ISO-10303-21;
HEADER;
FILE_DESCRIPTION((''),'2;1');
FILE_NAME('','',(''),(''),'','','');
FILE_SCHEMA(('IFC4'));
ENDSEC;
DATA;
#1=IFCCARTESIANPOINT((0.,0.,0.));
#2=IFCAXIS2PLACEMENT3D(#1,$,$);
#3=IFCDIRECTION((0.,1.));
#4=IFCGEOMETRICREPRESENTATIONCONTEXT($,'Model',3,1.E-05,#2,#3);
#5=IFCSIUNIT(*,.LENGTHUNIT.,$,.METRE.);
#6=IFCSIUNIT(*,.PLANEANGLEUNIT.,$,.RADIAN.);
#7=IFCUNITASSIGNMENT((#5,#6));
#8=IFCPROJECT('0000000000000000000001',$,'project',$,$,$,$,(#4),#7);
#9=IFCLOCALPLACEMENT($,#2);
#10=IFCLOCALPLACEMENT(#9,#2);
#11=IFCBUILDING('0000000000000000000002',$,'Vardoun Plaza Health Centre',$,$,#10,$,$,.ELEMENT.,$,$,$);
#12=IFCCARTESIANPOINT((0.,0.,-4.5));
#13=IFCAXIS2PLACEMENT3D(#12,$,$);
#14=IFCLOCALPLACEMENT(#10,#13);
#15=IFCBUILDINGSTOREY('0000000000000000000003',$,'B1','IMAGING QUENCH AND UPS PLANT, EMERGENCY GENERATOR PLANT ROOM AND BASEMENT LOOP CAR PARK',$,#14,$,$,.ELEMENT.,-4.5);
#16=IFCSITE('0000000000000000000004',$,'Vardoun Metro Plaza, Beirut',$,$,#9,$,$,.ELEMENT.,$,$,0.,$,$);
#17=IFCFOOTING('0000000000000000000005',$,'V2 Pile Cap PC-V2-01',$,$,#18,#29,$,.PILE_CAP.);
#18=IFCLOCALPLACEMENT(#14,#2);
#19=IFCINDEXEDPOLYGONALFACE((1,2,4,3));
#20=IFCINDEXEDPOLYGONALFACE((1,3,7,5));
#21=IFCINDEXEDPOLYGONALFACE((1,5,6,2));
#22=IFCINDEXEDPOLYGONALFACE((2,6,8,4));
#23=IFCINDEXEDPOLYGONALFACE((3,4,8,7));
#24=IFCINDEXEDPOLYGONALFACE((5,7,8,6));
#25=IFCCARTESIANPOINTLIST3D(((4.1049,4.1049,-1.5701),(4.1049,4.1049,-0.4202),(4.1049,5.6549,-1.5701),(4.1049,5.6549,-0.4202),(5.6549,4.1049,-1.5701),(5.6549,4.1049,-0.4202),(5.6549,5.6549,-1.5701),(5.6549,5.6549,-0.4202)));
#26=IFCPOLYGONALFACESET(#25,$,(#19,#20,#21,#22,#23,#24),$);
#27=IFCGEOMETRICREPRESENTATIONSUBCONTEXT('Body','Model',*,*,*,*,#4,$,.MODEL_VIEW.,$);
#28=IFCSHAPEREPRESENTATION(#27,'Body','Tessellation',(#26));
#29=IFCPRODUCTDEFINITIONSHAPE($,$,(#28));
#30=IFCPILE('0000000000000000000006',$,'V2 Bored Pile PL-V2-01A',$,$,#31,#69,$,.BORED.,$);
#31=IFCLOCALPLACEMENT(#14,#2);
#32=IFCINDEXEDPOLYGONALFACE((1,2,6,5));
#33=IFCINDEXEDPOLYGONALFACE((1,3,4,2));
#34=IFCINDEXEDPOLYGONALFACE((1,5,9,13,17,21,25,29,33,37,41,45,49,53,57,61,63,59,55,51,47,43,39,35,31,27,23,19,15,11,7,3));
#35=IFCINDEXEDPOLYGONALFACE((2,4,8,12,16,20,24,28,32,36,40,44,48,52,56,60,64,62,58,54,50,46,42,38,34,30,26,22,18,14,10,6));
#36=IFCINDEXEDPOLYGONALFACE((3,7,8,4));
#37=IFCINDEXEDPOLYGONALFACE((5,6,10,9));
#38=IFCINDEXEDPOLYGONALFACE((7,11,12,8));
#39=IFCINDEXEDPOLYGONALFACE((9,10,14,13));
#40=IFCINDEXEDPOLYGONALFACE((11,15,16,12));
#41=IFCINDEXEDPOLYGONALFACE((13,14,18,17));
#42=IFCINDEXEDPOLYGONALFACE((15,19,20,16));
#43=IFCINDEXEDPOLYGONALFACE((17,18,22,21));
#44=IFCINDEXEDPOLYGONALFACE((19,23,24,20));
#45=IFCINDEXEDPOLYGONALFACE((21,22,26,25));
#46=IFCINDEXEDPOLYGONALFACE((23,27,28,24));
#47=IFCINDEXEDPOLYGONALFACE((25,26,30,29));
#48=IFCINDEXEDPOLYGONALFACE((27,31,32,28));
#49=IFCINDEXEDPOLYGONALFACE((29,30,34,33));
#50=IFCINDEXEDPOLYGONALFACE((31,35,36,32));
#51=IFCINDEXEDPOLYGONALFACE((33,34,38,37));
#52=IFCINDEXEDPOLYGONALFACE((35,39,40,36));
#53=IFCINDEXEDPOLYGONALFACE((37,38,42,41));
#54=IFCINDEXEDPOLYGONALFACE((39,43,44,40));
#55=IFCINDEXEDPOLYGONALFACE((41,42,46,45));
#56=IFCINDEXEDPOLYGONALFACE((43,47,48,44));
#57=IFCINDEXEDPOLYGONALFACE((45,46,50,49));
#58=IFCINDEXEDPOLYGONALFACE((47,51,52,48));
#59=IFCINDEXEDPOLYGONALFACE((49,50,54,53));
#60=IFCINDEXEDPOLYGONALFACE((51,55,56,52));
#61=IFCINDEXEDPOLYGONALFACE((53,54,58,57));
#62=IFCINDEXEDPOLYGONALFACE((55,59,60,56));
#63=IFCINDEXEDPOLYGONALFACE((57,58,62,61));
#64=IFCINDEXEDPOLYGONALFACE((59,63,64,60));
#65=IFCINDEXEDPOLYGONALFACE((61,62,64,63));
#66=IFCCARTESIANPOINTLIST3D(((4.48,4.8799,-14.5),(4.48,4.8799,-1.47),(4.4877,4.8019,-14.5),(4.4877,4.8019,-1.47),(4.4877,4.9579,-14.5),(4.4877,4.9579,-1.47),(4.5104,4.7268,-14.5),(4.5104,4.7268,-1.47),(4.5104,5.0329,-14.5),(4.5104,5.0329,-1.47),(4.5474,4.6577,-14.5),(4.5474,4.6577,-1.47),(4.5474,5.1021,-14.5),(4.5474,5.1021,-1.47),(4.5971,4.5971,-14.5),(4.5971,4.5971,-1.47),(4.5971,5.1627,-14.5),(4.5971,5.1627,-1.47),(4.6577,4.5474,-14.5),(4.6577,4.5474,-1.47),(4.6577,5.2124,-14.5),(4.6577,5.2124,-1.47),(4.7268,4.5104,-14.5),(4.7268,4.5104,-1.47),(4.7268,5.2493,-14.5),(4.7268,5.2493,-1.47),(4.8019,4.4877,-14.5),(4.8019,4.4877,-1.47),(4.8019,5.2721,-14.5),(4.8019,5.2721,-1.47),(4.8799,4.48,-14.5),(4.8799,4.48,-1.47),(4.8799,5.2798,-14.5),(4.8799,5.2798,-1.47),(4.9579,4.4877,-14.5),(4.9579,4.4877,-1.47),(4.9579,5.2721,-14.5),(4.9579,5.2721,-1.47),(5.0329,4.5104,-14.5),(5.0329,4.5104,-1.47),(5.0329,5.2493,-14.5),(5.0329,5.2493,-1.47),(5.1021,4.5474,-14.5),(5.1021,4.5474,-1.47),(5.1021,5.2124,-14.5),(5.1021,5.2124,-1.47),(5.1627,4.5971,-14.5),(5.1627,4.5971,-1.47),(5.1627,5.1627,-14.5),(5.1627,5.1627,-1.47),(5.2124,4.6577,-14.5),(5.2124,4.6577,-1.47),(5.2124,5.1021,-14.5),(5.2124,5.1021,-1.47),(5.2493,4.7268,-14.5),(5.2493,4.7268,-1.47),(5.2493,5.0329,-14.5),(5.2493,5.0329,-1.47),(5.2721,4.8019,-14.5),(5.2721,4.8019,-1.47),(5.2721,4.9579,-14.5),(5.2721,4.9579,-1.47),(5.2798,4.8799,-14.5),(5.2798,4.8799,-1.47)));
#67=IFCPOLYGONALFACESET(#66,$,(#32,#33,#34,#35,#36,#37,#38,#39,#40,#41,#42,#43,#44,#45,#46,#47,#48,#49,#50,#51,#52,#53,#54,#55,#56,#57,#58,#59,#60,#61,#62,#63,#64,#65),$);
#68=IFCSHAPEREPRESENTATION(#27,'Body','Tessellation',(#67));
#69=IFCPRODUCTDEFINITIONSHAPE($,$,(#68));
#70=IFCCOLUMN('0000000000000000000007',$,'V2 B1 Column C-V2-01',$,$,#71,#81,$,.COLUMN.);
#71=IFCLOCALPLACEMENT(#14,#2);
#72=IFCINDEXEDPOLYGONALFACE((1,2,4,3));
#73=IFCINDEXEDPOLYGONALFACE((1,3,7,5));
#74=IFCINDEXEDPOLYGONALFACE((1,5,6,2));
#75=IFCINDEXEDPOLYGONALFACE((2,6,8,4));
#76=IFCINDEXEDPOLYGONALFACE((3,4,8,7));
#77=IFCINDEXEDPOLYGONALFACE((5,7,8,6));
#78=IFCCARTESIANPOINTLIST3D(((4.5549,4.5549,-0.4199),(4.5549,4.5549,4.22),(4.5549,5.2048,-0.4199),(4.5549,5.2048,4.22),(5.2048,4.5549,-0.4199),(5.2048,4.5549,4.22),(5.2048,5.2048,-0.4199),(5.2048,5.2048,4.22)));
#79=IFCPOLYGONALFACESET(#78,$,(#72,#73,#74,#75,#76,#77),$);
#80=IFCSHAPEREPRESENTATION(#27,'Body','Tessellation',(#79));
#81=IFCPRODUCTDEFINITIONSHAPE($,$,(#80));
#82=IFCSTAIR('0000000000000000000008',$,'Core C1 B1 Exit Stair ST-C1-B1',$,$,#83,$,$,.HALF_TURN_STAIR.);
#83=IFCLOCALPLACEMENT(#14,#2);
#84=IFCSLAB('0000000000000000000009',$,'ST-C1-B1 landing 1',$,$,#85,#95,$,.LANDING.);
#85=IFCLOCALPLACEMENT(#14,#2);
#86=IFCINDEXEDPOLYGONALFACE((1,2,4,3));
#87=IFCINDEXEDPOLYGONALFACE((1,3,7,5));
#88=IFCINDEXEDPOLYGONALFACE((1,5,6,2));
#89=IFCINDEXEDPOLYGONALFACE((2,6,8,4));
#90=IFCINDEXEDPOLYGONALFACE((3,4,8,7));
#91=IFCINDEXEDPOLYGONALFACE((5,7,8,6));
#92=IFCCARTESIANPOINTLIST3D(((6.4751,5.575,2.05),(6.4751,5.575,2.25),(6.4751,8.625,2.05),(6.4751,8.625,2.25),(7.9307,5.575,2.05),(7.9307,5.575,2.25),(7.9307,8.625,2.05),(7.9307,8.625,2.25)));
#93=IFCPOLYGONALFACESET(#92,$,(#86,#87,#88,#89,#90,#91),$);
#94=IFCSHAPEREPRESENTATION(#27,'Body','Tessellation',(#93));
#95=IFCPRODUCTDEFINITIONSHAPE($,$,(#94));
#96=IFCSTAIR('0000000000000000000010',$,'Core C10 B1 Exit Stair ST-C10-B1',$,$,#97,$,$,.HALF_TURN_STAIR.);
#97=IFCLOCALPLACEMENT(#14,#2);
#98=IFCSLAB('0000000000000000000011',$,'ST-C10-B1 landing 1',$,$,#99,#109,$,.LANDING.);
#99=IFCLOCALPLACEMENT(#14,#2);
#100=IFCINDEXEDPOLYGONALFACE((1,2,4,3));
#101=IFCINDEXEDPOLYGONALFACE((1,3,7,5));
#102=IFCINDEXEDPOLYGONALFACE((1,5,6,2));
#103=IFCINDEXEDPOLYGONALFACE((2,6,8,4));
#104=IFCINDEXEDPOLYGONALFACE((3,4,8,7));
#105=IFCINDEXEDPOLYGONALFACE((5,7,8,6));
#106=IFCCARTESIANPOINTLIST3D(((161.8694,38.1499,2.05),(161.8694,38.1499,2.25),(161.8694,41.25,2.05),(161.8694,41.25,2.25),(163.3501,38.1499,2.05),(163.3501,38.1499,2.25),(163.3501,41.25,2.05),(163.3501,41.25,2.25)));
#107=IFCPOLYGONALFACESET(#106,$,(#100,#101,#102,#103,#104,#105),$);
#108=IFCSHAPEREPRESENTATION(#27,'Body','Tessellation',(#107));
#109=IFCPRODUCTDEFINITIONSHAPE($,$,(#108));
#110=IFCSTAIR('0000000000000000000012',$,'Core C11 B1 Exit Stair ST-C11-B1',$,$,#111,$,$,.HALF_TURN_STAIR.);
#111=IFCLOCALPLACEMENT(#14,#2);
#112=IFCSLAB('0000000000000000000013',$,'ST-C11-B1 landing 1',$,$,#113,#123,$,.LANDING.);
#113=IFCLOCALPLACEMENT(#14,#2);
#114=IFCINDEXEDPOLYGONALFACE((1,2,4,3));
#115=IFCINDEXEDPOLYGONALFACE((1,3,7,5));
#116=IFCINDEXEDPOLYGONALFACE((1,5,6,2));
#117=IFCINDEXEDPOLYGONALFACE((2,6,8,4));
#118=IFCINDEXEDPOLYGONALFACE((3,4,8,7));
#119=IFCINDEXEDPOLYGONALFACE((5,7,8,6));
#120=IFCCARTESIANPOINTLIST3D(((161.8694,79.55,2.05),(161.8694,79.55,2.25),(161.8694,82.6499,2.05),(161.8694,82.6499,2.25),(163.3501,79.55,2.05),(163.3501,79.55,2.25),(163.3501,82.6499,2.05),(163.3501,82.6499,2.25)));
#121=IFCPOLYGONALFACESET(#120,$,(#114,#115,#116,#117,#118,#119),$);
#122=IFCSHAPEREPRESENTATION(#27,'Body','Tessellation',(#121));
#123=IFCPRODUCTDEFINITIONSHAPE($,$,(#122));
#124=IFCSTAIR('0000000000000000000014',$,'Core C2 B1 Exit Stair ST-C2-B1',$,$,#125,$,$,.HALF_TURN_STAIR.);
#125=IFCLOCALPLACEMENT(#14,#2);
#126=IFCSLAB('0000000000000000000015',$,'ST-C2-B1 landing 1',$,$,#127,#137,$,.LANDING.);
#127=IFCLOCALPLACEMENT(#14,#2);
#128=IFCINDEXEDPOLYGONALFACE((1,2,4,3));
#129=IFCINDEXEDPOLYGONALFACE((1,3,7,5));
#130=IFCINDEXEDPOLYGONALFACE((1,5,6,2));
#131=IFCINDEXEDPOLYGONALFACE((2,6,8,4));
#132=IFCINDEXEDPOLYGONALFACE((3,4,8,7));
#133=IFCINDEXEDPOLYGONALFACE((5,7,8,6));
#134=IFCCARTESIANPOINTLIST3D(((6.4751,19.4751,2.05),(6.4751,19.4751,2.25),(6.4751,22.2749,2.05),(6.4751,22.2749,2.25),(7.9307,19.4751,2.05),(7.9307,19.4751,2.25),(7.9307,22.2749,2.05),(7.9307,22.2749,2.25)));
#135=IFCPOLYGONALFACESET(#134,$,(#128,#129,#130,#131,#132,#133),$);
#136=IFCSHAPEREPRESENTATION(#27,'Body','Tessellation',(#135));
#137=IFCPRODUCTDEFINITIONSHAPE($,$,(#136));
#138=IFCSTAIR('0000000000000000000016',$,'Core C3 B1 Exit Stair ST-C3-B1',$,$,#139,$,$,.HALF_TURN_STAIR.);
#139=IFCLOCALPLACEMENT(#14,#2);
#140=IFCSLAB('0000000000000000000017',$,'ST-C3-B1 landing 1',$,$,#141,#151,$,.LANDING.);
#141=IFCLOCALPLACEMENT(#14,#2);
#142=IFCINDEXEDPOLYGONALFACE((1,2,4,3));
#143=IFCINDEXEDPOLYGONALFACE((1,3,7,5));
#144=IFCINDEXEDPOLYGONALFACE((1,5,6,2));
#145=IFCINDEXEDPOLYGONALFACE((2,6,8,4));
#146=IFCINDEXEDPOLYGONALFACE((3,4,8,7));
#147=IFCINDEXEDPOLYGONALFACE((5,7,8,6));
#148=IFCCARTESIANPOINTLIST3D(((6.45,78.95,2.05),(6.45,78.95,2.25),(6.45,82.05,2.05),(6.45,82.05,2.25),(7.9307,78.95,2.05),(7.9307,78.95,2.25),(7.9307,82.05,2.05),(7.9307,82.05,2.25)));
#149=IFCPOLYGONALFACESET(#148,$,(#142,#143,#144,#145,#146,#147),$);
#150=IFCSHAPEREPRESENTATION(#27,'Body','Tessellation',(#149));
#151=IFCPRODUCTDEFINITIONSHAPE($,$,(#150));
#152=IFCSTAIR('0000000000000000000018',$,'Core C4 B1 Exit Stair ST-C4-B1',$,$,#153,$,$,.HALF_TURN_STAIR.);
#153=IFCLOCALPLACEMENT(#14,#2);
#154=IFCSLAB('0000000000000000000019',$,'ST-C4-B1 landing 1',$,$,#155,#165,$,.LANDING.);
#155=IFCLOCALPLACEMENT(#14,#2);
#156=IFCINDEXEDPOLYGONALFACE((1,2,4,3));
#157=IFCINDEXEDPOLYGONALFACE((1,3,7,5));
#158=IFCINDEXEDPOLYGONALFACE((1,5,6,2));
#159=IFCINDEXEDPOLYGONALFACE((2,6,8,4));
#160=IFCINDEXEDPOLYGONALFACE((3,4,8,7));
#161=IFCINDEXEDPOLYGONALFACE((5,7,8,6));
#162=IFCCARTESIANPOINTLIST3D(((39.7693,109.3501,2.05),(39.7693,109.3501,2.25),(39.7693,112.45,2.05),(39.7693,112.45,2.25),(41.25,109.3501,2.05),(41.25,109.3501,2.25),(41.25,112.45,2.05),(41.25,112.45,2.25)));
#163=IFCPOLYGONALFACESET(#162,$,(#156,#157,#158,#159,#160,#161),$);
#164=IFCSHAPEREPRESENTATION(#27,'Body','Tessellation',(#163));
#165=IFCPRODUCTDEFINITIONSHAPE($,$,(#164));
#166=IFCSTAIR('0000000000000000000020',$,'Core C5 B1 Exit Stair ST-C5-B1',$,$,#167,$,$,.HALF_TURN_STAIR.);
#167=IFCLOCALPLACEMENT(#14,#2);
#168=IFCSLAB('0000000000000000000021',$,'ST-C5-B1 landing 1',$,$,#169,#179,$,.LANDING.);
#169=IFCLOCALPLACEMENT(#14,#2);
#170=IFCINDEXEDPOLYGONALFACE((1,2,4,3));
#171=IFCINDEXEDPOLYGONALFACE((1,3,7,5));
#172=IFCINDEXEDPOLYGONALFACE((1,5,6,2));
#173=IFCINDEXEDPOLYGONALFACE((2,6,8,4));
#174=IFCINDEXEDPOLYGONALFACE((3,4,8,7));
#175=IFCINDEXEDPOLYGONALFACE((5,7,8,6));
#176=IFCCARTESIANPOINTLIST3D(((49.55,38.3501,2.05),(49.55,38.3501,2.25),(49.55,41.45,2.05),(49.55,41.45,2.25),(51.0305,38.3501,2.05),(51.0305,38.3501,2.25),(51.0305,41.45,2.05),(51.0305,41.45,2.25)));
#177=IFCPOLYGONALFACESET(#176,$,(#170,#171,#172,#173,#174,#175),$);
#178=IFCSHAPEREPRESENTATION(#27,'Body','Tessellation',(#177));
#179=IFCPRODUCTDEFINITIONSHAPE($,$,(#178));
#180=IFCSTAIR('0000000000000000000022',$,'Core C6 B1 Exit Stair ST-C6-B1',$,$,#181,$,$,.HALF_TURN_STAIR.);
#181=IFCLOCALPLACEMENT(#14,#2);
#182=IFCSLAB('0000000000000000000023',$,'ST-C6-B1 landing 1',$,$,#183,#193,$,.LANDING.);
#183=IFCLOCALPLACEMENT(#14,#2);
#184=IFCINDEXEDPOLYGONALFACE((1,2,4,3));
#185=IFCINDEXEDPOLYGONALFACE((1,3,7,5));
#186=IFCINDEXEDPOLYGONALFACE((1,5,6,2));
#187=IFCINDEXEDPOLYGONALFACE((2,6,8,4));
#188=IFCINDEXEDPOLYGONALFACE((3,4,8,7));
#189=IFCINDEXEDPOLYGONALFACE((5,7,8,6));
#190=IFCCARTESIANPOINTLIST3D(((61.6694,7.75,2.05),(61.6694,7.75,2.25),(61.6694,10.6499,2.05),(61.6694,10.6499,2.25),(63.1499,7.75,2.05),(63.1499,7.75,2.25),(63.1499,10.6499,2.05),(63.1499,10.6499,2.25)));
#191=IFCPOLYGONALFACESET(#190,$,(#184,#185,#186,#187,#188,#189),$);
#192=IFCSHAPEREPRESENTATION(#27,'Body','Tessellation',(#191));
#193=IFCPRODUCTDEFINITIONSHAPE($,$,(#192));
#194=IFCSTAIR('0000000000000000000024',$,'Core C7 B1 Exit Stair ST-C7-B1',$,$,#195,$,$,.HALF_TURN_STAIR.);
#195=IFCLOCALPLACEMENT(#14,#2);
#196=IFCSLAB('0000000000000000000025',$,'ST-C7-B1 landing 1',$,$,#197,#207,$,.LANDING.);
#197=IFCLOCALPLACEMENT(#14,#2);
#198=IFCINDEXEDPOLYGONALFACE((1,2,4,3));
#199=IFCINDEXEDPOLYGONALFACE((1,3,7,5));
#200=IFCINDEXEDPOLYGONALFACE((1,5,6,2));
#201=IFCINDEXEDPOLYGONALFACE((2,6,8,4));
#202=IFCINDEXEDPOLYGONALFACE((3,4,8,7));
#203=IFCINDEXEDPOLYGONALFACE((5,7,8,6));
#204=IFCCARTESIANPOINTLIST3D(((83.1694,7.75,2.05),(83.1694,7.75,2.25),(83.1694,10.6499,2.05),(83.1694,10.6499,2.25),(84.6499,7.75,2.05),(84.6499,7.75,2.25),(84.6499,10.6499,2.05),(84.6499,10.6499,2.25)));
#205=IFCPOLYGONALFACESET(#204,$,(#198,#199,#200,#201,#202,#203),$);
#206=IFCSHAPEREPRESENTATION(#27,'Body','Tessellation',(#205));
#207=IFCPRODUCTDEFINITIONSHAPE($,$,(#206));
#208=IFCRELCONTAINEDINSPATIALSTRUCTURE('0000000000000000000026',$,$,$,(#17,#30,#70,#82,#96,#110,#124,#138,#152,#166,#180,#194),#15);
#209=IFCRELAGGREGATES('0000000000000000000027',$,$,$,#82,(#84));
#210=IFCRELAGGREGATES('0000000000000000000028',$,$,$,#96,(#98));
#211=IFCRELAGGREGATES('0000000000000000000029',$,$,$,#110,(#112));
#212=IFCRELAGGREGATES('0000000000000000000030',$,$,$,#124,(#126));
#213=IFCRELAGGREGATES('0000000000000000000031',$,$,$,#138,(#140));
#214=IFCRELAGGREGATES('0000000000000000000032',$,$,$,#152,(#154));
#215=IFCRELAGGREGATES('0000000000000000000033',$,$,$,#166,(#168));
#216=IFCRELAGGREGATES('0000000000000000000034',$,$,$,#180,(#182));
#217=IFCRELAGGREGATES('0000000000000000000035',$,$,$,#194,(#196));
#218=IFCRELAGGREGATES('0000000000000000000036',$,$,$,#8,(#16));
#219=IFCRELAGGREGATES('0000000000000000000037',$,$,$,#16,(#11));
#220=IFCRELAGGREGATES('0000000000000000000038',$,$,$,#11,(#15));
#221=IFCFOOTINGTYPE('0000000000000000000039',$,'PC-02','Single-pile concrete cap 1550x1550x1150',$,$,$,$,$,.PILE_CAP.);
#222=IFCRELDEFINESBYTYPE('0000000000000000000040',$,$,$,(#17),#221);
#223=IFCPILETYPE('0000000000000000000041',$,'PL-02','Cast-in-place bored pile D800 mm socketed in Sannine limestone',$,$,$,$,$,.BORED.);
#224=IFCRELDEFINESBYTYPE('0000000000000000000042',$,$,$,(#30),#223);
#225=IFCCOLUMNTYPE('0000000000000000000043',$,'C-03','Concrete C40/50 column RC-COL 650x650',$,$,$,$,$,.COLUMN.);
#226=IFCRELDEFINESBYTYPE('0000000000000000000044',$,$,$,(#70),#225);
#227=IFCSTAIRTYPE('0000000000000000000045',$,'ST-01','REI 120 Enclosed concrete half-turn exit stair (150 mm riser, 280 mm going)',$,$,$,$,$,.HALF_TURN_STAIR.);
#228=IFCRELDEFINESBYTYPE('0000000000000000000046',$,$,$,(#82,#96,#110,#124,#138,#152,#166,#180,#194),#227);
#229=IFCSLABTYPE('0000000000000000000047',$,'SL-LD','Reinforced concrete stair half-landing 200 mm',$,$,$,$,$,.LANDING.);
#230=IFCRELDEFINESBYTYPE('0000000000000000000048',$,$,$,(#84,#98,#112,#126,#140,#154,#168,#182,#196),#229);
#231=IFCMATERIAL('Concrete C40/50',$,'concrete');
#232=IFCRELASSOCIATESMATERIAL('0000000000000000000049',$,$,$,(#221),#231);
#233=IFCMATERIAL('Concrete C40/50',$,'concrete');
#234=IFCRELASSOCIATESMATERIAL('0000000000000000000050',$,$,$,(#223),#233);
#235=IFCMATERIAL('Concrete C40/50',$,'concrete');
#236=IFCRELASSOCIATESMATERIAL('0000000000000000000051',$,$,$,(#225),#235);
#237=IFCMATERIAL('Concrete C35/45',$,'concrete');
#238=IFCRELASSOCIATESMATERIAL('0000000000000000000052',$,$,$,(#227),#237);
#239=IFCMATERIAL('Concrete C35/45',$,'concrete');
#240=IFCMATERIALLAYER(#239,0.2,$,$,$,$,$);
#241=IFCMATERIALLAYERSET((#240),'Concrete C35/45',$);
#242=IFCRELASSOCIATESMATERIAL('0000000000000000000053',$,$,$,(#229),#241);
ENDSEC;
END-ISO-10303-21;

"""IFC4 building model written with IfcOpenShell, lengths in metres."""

from ifc_helpers import new_model, si_unit, direction, frame, origin, origin_2d, place, context, subcontext, project, spatial, polyline, rectangle, circle, outline, extrude, material, layer, layer_set, material_profile, profile_set, type_object, element, aggregate, save


model = new_model("IFC4")

# Units and contexts
model_context = context("Model", 3, precision=1e-05, world=origin(), true_north=direction((0.0, 1.0)))
body_context = subcontext(model_context, "Body", "Model", "MODEL_VIEW")
ifc_project = project(units=[si_unit("LENGTHUNIT", "METRE"), si_unit("PLANEANGLEUNIT", "RADIAN")], contexts=[model_context])

# Site, building, storey
site_placement = place(None, origin())
site = spatial("IfcSite", under=ifc_project, at=site_placement, Name="Vardoun Metro Plaza, Beirut", CompositionType="ELEMENT", RefElevation=0.0)
building_placement = place(site_placement, origin())
building = spatial("IfcBuilding", under=site, at=building_placement, Name="Vardoun Plaza Health Centre", CompositionType="ELEMENT")
storey_placement = place(building_placement, frame((0.0, 0.0, -4.5)))
storey = spatial("IfcBuildingStorey", under=building, at=storey_placement, Name="B1", Description="IMAGING QUENCH AND UPS PLANT, EMERGENCY GENERATOR PLANT ROOM AND BASEMENT LOOP CAR PARK", CompositionType="ELEMENT", Elevation=-4.5)

# Footing
ifc_material_1 = material(Name="Concrete C40/50", Category="concrete")
footing_type = type_object("IfcFootingType", Name="PC-02", Description="Single-pile concrete cap 1550x1550x1150", PredefinedType="PILE_CAP", material=ifc_material_1)
footing_placement = place(storey_placement, frame((4.8799, 4.8799, -1.5701), z_axis=(0.0, 0.0, 1.0), x_axis=(1.0, 0.0, 0.0)))
element("IfcFooting", 1, at=footing_placement, inside=storey, type_object=footing_type, Name="V2 Pile Cap PC-V2-01", PredefinedType="PILE_CAP", context=body_context, shape_type="SweptSolid", body=[
    extrude(rectangle(XDim=1.55, YDim=1.55, at=origin_2d()), origin(), (0.0, 0.0, 1.0), 1.1499),
])

# Pile
ifc_material_2 = material(Name="Concrete C40/50", Category="concrete")
ifc_material_profile_1 = material_profile(ifc_material_2, circle(Radius=0.3999, at=origin_2d()), Name="PILE D800")
ifc_profile_set_1 = profile_set([ifc_material_profile_1], Name="Concrete C40/50")
pile_type = type_object("IfcPileType", Name="PL-02", Description="Cast-in-place bored pile D800 mm socketed in Sannine limestone", PredefinedType="BORED", material=ifc_profile_set_1)
pile_placement = place(storey_placement, frame((4.8799, 4.8799, -1.47), z_axis=(0.0, 0.0, -1.0), x_axis=(1.0, 0.0, 0.0)))
element("IfcPile", 2, at=pile_placement, inside=storey, type_object=pile_type, Name="V2 Bored Pile PL-V2-01A", PredefinedType="BORED", context=body_context, shape_type="SweptSolid", body=[
    extrude(circle(Radius=0.3999, at=origin_2d()), origin(), (0.0, 0.0, 1.0), 13.03),
])

# Column
ifc_material_3 = material(Name="Concrete C40/50", Category="concrete")
ifc_material_profile_2 = material_profile(ifc_material_3, rectangle(XDim=0.6499, YDim=0.6499, at=origin_2d()), Name="RC-COL 650x650")
ifc_profile_set_2 = profile_set([ifc_material_profile_2], Name="Concrete C40/50")
column_type = type_object("IfcColumnType", Name="C-03", Description="Concrete C40/50 column RC-COL 650x650", PredefinedType="COLUMN", material=ifc_profile_set_2)
column_placement = place(storey_placement, frame((4.8799, 4.8799, -0.4199), z_axis=(0.0, 0.0, 1.0), x_axis=(1.0, 0.0, 0.0)))
element("IfcColumn", 3, at=column_placement, inside=storey, type_object=column_type, Name="V2 B1 Column C-V2-01", PredefinedType="COLUMN", context=body_context, shape_type="SweptSolid", body=[
    extrude(rectangle(XDim=0.6499, YDim=0.6499, at=origin_2d()), origin(), (0.0, 0.0, 1.0), 4.6399),
])

# Stairs, slabs
ifc_material_4 = material(Name="Concrete C35/45", Category="concrete")
stair_type = type_object("IfcStairType", Name="ST-01", Description="REI 120 Enclosed concrete half-turn exit stair (150 mm riser, 280 mm going)", PredefinedType="HALF_TURN_STAIR", material=ifc_material_4)
stair_1_placement = place(storey_placement, origin())
stair_1 = element("IfcStair", 4, at=stair_1_placement, inside=storey, type_object=stair_type, Name="Core C1 B1 Exit Stair ST-C1-B1", PredefinedType="HALF_TURN_STAIR")
ifc_material_5 = material(Name="Concrete C35/45", Category="concrete")
ifc_layer_1 = layer(ifc_material_5, 0.2)
ifc_layer_set_1 = layer_set([ifc_layer_1], Name="Concrete C35/45")
slab_type_1 = type_object("IfcSlabType", Name="SL-LD", Description="Reinforced concrete stair half-landing 200 mm", PredefinedType="LANDING", material=ifc_layer_set_1)
slab_1_placement = place(storey_placement, frame((0.0, 0.0, 2.05)))
slab_1 = element("IfcSlab", 5, at=slab_1_placement, type_object=slab_type_1, Name="ST-C1-B1 landing 1", PredefinedType="LANDING", context=body_context, shape_type="SweptSolid", body=[
    extrude(outline(polyline([(6.4751, 5.575), (7.9307, 5.575), (7.9307, 8.625), (6.4751, 8.625), (6.4751, 5.575)])), origin(), (0.0, 0.0, 1.0), 0.2),
])
aggregate(stair_1, [slab_1])
stair_2_placement = place(storey_placement, origin())
stair_2 = element("IfcStair", 6, at=stair_2_placement, inside=storey, type_object=stair_type, Name="Core C10 B1 Exit Stair ST-C10-B1", PredefinedType="HALF_TURN_STAIR")
slab_2_placement = place(storey_placement, frame((0.0, 0.0, 2.05)))
slab_2 = element("IfcSlab", 7, at=slab_2_placement, type_object=slab_type_1, Name="ST-C10-B1 landing 1", PredefinedType="LANDING", context=body_context, shape_type="SweptSolid", body=[
    extrude(outline(polyline([(161.8694, 38.1499), (163.3501, 38.1499), (163.3501, 41.25), (161.8694, 41.25), (161.8694, 38.1499)])), origin(), (0.0, 0.0, 1.0), 0.2),
])
aggregate(stair_2, [slab_2])
stair_3_placement = place(storey_placement, origin())
stair_3 = element("IfcStair", 8, at=stair_3_placement, inside=storey, type_object=stair_type, Name="Core C11 B1 Exit Stair ST-C11-B1", PredefinedType="HALF_TURN_STAIR")
slab_3_placement = place(storey_placement, frame((0.0, 0.0, 2.05)))
slab_3 = element("IfcSlab", 9, at=slab_3_placement, type_object=slab_type_1, Name="ST-C11-B1 landing 1", PredefinedType="LANDING", context=body_context, shape_type="SweptSolid", body=[
    extrude(outline(polyline([(161.8694, 79.55), (163.3501, 79.55), (163.3501, 82.6499), (161.8694, 82.6499), (161.8694, 79.55)])), origin(), (0.0, 0.0, 1.0), 0.2),
])
aggregate(stair_3, [slab_3])
stair_4_placement = place(storey_placement, origin())
stair_4 = element("IfcStair", 10, at=stair_4_placement, inside=storey, type_object=stair_type, Name="Core C2 B1 Exit Stair ST-C2-B1", PredefinedType="HALF_TURN_STAIR")
slab_4_placement = place(storey_placement, frame((0.0, 0.0, 2.05)))
slab_4 = element("IfcSlab", 11, at=slab_4_placement, type_object=slab_type_1, Name="ST-C2-B1 landing 1", PredefinedType="LANDING", context=body_context, shape_type="SweptSolid", body=[
    extrude(outline(polyline([(6.4751, 19.4751), (7.9307, 19.4751), (7.9307, 22.2749), (6.4751, 22.2749), (6.4751, 19.4751)])), origin(), (0.0, 0.0, 1.0), 0.2),
])
aggregate(stair_4, [slab_4])
stair_5_placement = place(storey_placement, origin())
stair_5 = element("IfcStair", 12, at=stair_5_placement, inside=storey, type_object=stair_type, Name="Core C3 B1 Exit Stair ST-C3-B1", PredefinedType="HALF_TURN_STAIR")
slab_5_placement = place(storey_placement, frame((0.0, 0.0, 2.05)))
slab_5 = element("IfcSlab", 13, at=slab_5_placement, type_object=slab_type_1, Name="ST-C3-B1 landing 1", PredefinedType="LANDING", context=body_context, shape_type="SweptSolid", body=[
    extrude(outline(polyline([(6.45, 78.95), (7.9307, 78.95), (7.9307, 82.05), (6.45, 82.05), (6.45, 78.95)])), origin(), (0.0, 0.0, 1.0), 0.2),
])
aggregate(stair_5, [slab_5])
stair_6_placement = place(storey_placement, origin())
stair_6 = element("IfcStair", 14, at=stair_6_placement, inside=storey, type_object=stair_type, Name="Core C4 B1 Exit Stair ST-C4-B1", PredefinedType="HALF_TURN_STAIR")
slab_6_placement = place(storey_placement, frame((0.0, 0.0, 2.05)))
slab_6 = element("IfcSlab", 15, at=slab_6_placement, type_object=slab_type_1, Name="ST-C4-B1 landing 1", PredefinedType="LANDING", context=body_context, shape_type="SweptSolid", body=[
    extrude(outline(polyline([(39.7693, 109.3501), (41.25, 109.3501), (41.25, 112.45), (39.7693, 112.45), (39.7693, 109.3501)])), origin(), (0.0, 0.0, 1.0), 0.2),
])
aggregate(stair_6, [slab_6])
stair_7_placement = place(storey_placement, origin())
stair_7 = element("IfcStair", 16, at=stair_7_placement, inside=storey, type_object=stair_type, Name="Core C5 B1 Exit Stair ST-C5-B1", PredefinedType="HALF_TURN_STAIR")
slab_7_placement = place(storey_placement, frame((0.0, 0.0, 2.05)))
slab_7 = element("IfcSlab", 17, at=slab_7_placement, type_object=slab_type_1, Name="ST-C5-B1 landing 1", PredefinedType="LANDING", context=body_context, shape_type="SweptSolid", body=[
    extrude(outline(polyline([(49.55, 38.3501), (51.0305, 38.3501), (51.0305, 41.45), (49.55, 41.45), (49.55, 38.3501)])), origin(), (0.0, 0.0, 1.0), 0.2),
])
aggregate(stair_7, [slab_7])
stair_8_placement = place(storey_placement, origin())
stair_8 = element("IfcStair", 18, at=stair_8_placement, inside=storey, type_object=stair_type, Name="Core C6 B1 Exit Stair ST-C6-B1", PredefinedType="HALF_TURN_STAIR")
slab_8_placement = place(storey_placement, frame((0.0, 0.0, 2.05)))
slab_8 = element("IfcSlab", 19, at=slab_8_placement, type_object=slab_type_1, Name="ST-C6-B1 landing 1", PredefinedType="LANDING", context=body_context, shape_type="SweptSolid", body=[
    extrude(outline(polyline([(61.6694, 7.75), (63.1499, 7.75), (63.1499, 10.6499), (61.6694, 10.6499), (61.6694, 7.75)])), origin(), (0.0, 0.0, 1.0), 0.2),
])
aggregate(stair_8, [slab_8])
stair_9_placement = place(storey_placement, origin())
stair_9 = element("IfcStair", 20, at=stair_9_placement, inside=storey, type_object=stair_type, Name="Core C7 B1 Exit Stair ST-C7-B1", PredefinedType="HALF_TURN_STAIR")
slab_9_placement = place(storey_placement, frame((0.0, 0.0, 2.05)))
slab_9 = element("IfcSlab", 21, at=slab_9_placement, type_object=slab_type_1, Name="ST-C7-B1 landing 1", PredefinedType="LANDING", context=body_context, shape_type="SweptSolid", body=[
    extrude(outline(polyline([(83.1694, 7.75), (84.6499, 7.75), (84.6499, 10.6499), (83.1694, 10.6499), (83.1694, 7.75)])), origin(), (0.0, 0.0, 1.0), 0.2),
])
aggregate(stair_9, [slab_9])

save(model, "model.ifc")
